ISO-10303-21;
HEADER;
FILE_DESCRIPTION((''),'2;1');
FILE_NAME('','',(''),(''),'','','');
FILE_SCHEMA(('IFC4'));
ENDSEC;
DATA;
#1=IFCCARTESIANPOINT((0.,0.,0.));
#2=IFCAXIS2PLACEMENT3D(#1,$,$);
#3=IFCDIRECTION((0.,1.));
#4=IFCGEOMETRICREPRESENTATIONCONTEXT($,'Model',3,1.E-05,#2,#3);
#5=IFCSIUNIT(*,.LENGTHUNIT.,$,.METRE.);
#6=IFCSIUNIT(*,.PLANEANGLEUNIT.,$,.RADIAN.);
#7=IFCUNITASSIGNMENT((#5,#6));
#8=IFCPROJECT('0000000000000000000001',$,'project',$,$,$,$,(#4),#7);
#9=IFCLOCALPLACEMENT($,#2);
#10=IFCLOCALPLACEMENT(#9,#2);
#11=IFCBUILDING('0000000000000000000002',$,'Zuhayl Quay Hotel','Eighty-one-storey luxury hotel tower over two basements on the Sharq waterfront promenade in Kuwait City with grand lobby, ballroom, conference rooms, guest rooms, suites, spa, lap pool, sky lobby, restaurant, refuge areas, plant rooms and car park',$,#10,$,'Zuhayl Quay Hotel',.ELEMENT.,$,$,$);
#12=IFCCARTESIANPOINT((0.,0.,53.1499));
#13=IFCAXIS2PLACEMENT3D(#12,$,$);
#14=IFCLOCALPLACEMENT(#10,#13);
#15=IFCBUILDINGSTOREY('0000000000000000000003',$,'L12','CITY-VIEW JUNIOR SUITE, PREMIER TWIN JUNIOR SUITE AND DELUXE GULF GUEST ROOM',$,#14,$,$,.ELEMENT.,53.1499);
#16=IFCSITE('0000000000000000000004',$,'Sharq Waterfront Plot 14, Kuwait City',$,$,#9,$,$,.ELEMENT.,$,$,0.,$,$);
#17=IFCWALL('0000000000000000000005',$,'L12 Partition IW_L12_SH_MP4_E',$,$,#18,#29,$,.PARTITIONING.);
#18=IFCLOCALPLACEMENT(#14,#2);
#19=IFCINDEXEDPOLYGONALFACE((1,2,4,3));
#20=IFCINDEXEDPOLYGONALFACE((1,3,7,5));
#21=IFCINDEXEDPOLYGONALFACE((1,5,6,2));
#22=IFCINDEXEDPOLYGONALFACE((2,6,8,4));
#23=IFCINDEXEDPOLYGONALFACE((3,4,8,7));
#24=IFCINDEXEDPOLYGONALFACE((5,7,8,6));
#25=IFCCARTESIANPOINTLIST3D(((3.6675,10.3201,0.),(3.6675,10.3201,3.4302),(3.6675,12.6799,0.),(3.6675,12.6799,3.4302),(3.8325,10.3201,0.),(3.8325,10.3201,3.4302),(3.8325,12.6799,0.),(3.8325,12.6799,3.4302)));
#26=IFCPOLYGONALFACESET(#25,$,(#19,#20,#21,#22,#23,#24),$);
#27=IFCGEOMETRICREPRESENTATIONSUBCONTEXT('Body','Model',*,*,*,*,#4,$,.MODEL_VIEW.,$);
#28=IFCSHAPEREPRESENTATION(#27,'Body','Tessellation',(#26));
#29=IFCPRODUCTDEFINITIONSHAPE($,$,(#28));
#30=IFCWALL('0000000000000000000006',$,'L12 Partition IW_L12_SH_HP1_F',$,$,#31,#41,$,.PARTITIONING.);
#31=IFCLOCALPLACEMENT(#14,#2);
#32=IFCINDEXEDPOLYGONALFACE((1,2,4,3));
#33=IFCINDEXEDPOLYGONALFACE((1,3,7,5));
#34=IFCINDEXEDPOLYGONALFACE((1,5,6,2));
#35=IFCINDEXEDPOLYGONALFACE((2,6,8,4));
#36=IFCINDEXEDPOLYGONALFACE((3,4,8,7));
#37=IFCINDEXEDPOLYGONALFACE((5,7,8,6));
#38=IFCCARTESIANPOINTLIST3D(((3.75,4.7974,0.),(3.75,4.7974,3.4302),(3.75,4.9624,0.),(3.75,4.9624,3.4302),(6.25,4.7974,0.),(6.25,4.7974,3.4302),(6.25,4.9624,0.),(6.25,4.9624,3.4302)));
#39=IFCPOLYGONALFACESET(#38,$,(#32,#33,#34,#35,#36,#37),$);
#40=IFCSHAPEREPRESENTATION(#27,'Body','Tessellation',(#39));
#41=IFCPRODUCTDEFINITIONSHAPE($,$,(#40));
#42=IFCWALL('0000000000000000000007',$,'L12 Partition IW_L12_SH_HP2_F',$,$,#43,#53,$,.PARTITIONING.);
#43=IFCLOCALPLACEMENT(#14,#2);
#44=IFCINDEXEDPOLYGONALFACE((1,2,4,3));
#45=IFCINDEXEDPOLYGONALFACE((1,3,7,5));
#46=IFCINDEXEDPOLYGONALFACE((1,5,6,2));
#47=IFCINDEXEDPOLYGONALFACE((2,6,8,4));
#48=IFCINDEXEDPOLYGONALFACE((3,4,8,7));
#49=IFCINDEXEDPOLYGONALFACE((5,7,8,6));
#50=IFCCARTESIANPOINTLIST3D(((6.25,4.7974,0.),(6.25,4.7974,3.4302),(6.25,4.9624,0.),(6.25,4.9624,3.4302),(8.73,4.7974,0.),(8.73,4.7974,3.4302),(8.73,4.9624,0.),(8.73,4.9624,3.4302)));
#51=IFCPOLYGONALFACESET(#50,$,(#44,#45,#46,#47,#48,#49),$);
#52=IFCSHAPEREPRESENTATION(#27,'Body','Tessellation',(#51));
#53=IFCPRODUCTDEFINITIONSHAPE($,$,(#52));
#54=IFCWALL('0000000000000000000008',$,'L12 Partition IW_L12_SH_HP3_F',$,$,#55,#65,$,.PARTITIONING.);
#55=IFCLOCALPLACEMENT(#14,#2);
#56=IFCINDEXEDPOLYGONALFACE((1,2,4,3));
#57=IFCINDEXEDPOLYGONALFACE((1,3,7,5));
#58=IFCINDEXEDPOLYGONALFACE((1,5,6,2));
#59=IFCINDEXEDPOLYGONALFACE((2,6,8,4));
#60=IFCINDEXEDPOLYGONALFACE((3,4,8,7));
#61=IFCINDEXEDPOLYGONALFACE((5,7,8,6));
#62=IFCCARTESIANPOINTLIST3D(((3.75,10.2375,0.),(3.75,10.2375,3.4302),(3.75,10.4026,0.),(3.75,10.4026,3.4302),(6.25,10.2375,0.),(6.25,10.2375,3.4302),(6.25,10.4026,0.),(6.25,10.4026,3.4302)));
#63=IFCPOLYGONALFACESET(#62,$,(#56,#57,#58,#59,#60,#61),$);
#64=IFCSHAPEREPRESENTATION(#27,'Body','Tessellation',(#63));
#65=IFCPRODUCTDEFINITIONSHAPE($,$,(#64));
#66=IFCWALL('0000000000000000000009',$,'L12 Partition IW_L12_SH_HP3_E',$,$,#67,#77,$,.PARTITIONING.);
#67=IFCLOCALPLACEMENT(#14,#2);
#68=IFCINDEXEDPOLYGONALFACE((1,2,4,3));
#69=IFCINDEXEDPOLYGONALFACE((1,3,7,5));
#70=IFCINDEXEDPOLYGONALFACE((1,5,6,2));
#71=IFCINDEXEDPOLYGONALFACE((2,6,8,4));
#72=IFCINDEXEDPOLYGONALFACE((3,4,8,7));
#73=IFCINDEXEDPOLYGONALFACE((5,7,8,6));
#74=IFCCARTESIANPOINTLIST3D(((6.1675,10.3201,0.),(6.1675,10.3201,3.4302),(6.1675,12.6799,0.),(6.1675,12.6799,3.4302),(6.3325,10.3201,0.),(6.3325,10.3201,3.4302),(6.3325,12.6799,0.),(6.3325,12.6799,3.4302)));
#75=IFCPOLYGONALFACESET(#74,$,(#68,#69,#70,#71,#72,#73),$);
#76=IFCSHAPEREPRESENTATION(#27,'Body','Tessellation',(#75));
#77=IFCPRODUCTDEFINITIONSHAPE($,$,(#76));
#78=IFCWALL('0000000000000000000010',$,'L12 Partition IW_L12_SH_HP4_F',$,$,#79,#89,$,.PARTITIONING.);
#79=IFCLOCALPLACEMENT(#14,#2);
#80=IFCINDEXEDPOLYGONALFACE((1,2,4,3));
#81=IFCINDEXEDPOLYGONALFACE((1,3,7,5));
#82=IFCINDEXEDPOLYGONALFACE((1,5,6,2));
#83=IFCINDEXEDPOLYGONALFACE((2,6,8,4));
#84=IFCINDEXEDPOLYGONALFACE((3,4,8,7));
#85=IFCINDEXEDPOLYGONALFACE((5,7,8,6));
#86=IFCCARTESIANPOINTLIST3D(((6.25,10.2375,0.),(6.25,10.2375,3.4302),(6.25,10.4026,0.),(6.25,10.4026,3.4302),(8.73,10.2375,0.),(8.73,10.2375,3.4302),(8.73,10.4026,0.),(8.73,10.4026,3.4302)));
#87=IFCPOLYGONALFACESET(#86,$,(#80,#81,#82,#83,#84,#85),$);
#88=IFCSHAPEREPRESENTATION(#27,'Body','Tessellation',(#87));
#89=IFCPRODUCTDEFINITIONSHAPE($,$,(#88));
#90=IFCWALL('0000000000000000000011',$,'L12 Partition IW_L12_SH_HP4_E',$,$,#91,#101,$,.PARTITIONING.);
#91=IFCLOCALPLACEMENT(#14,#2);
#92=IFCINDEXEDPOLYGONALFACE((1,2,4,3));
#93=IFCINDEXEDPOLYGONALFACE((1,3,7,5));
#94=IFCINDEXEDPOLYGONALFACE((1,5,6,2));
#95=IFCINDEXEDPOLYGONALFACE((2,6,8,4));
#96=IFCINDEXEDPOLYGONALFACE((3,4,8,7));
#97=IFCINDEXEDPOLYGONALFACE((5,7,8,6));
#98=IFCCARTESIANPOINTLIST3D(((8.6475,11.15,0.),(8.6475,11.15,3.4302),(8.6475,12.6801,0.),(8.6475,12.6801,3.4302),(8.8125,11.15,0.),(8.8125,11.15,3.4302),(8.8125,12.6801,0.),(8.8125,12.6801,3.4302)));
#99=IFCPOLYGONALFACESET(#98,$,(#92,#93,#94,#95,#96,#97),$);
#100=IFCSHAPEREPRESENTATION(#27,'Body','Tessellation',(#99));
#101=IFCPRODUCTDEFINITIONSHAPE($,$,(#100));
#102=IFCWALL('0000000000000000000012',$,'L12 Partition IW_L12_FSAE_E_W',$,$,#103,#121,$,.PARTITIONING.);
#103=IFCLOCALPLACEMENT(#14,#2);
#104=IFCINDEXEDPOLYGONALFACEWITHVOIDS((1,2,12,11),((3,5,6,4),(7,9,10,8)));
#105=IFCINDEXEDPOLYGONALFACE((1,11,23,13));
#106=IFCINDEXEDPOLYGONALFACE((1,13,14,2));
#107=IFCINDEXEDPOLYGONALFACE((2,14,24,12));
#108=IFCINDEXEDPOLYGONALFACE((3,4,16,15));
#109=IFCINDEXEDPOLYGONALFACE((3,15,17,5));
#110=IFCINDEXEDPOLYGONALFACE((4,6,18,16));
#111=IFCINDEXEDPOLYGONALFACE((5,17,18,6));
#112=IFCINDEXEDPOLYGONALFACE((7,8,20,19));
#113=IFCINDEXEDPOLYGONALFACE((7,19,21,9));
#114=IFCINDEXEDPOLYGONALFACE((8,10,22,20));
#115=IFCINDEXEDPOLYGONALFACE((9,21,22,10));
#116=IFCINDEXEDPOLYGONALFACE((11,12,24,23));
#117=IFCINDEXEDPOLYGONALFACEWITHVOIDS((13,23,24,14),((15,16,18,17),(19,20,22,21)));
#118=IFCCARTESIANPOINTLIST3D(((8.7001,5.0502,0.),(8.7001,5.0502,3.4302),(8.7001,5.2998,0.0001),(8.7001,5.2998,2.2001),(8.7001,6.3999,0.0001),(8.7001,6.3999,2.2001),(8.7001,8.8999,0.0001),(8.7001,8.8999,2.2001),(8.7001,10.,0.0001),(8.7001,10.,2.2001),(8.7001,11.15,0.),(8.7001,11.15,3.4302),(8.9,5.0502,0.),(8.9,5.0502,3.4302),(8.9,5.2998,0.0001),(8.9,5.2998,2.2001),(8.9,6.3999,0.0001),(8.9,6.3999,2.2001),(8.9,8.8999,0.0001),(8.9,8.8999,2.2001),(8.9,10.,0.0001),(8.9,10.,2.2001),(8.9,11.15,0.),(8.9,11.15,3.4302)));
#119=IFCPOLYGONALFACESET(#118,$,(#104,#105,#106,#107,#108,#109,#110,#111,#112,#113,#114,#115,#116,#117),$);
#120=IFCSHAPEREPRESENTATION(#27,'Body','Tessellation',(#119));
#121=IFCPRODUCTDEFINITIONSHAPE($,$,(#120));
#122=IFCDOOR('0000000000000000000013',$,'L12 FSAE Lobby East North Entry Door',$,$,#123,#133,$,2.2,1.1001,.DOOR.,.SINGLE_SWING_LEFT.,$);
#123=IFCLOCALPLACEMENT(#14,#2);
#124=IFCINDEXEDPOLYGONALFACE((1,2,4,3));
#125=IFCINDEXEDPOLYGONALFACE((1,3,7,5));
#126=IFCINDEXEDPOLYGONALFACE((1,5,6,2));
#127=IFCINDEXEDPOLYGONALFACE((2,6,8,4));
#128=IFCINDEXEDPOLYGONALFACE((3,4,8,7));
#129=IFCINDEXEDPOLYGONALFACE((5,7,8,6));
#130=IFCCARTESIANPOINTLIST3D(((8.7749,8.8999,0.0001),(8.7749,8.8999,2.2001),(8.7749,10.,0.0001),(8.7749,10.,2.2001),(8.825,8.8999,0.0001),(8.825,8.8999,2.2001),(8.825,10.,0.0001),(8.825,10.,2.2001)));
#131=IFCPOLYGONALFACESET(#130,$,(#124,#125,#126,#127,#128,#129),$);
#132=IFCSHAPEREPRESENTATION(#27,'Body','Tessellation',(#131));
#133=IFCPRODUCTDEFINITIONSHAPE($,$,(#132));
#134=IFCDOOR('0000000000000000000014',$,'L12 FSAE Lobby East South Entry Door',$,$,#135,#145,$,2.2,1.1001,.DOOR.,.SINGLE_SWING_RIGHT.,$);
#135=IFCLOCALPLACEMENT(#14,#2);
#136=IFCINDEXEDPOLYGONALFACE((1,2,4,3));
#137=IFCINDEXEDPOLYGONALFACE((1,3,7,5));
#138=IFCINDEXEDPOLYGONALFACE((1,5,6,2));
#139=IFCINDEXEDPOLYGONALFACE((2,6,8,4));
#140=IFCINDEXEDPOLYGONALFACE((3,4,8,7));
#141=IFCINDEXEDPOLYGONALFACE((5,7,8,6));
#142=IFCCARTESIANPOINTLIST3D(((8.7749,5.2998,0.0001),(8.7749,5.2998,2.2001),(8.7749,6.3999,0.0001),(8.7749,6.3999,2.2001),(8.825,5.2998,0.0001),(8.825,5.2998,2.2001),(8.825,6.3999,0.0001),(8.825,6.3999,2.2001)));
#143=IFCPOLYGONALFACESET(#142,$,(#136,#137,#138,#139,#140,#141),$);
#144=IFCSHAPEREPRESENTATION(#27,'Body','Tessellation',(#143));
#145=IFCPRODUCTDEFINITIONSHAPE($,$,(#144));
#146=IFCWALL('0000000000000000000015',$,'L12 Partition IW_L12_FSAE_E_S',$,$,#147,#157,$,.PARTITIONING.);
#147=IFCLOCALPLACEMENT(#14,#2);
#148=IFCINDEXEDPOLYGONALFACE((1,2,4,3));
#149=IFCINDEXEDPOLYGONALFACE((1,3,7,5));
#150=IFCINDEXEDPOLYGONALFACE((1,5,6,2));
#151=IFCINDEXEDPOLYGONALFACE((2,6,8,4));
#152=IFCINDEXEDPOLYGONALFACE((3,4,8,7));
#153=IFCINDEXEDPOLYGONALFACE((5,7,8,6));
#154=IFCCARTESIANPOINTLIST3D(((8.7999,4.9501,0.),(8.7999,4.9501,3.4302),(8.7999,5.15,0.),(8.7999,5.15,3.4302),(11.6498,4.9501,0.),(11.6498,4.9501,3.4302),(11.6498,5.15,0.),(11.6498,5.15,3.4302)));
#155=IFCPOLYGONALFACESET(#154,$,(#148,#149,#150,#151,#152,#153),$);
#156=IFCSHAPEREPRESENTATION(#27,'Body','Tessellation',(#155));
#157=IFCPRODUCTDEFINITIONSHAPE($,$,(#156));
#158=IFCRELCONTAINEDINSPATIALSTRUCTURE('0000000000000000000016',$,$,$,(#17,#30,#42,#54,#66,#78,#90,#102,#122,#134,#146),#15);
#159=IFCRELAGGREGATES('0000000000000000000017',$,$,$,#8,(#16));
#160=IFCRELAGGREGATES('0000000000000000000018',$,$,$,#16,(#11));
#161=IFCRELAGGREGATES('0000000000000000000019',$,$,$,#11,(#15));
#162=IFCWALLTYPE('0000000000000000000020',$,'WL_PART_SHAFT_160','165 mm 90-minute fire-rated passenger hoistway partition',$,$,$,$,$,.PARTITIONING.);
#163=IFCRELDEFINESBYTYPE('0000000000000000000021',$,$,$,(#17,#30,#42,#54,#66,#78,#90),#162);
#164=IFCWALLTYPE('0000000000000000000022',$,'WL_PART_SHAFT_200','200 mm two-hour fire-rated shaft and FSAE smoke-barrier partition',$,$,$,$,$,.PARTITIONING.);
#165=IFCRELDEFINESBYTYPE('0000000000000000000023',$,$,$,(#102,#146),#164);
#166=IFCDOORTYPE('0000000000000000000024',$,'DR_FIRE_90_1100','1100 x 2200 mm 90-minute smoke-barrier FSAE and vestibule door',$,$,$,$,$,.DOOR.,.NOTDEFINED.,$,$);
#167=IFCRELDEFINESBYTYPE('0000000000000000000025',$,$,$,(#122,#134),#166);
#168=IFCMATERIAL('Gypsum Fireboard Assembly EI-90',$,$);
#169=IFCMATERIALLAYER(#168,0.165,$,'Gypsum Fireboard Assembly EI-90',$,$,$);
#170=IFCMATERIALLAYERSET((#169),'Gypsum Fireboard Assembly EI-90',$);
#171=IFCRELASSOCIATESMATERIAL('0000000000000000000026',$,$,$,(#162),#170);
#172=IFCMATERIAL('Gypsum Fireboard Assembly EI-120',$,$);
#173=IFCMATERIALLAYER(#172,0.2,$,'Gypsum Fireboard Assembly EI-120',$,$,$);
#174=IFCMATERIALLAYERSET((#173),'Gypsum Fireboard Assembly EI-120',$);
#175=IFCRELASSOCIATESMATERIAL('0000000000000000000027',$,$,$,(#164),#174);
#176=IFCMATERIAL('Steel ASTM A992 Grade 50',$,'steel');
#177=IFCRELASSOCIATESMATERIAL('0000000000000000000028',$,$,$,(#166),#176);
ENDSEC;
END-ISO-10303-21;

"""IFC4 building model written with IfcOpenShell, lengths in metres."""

from ifc_helpers import new_model, si_unit, direction, frame, frame_2d, origin, place, context, subcontext, project, spatial, rectangle, extrude, material, layer, layer_set, type_object, element, fill, save


model = new_model("IFC4")

# Units and contexts
model_context = context("Model", 3, precision=1e-05, world=origin(), true_north=direction((0.0, 1.0)))
body_context = subcontext(model_context, "Body", "Model", "MODEL_VIEW")
ifc_project = project(units=[si_unit("LENGTHUNIT", "METRE"), si_unit("PLANEANGLEUNIT", "RADIAN")], contexts=[model_context])

# Site, building, storey
site_placement = place(None, origin())
site = spatial("IfcSite", under=ifc_project, at=site_placement, Name="Sharq Waterfront Plot 14, Kuwait City", CompositionType="ELEMENT", RefElevation=0.0)
building_placement = place(site_placement, origin())
building = spatial("IfcBuilding", under=site, at=building_placement, Name="Zuhayl Quay Hotel", Description="Eighty-one-storey luxury hotel tower over two basements on the Sharq waterfront promenade in Kuwait City with grand lobby, ballroom, conference rooms, guest rooms, suites, spa, lap pool, sky lobby, restaurant, refuge areas, plant rooms and car park", LongName="Zuhayl Quay Hotel", CompositionType="ELEMENT")
storey_placement = place(building_placement, frame((0.0, 0.0, 53.1499)))
storey = spatial("IfcBuildingStorey", under=building, at=storey_placement, Name="L12", Description="CITY-VIEW JUNIOR SUITE, PREMIER TWIN JUNIOR SUITE AND DELUXE GULF GUEST ROOM", CompositionType="ELEMENT", Elevation=53.1499)

# Shared definitions
ifc_material_1 = material(Name="Steel ASTM A992 Grade 50", Category="steel")

# Shared definitions
ifc_material_2 = material(Name="Gypsum Fireboard Assembly EI-90")
ifc_layer_1 = layer(ifc_material_2, 0.165, Name="Gypsum Fireboard Assembly EI-90")
ifc_layer_set_1 = layer_set([ifc_layer_1], Name="Gypsum Fireboard Assembly EI-90")
wall_type_1 = type_object("IfcWallType", Name="WL_PART_SHAFT_160", Description="165 mm 90-minute fire-rated passenger hoistway partition", PredefinedType="PARTITIONING", material=ifc_layer_set_1)

# Walls
for number, where, z_axis, x_axis, name in (
    (1, (3.75, 10.3201, 0.0), (0.0, 0.0, 1.0), (0.0, 1.0, 0.0), "L12 Partition IW_L12_SH_MP4_E"),
):
    element("IfcWall", number, at=place(storey_placement, frame(where, z_axis=z_axis, x_axis=x_axis)), inside=storey, type_object=wall_type_1, Name=name, PredefinedType="PARTITIONING", context=body_context, shape_type="SweptSolid", body=[
        extrude(rectangle(XDim=2.3599, YDim=0.165, at=frame_2d((1.1799, 0.0))), origin(), (0.0, 0.0, 1.0), 3.4302),
    ])
wall_1_placement = place(storey_placement, frame((3.75, 4.8799, 0.0), z_axis=(0.0, 0.0, 1.0), x_axis=(1.0, 0.0, 0.0)))
element("IfcWall", 2, at=wall_1_placement, inside=storey, type_object=wall_type_1, Name="L12 Partition IW_L12_SH_HP1_F", PredefinedType="PARTITIONING", context=body_context, shape_type="SweptSolid", body=[
    extrude(rectangle(XDim=2.5, YDim=0.165, at=frame_2d((1.25, 0.0))), origin(), (0.0, 0.0, 1.0), 3.4302),
])
wall_2_placement = place(storey_placement, frame((6.25, 4.8799, 0.0), z_axis=(0.0, 0.0, 1.0), x_axis=(1.0, 0.0, 0.0)))
element("IfcWall", 3, at=wall_2_placement, inside=storey, type_object=wall_type_1, Name="L12 Partition IW_L12_SH_HP2_F", PredefinedType="PARTITIONING", context=body_context, shape_type="SweptSolid", body=[
    extrude(rectangle(XDim=2.48, YDim=0.165, at=frame_2d((1.24, 0.0))), origin(), (0.0, 0.0, 1.0), 3.4302),
])
wall_3_placement = place(storey_placement, frame((3.75, 10.3201, 0.0), z_axis=(0.0, 0.0, 1.0), x_axis=(1.0, 0.0, 0.0)))
element("IfcWall", 4, at=wall_3_placement, inside=storey, type_object=wall_type_1, Name="L12 Partition IW_L12_SH_HP3_F", PredefinedType="PARTITIONING", context=body_context, shape_type="SweptSolid", body=[
    extrude(rectangle(XDim=2.5, YDim=0.165, at=frame_2d((1.25, 0.0))), origin(), (0.0, 0.0, 1.0), 3.4302),
])
wall_4_placement = place(storey_placement, frame((6.25, 10.3201, 0.0), z_axis=(0.0, 0.0, 1.0), x_axis=(0.0, 1.0, 0.0)))
element("IfcWall", 5, at=wall_4_placement, inside=storey, type_object=wall_type_1, Name="L12 Partition IW_L12_SH_HP3_E", PredefinedType="PARTITIONING", context=body_context, shape_type="SweptSolid", body=[
    extrude(rectangle(XDim=2.3599, YDim=0.165, at=frame_2d((1.1799, 0.0))), origin(), (0.0, 0.0, 1.0), 3.4302),
])
wall_5_placement = place(storey_placement, frame((6.25, 10.3201, 0.0), z_axis=(0.0, 0.0, 1.0), x_axis=(1.0, 0.0, 0.0)))
element("IfcWall", 6, at=wall_5_placement, inside=storey, type_object=wall_type_1, Name="L12 Partition IW_L12_SH_HP4_F", PredefinedType="PARTITIONING", context=body_context, shape_type="SweptSolid", body=[
    extrude(rectangle(XDim=2.48, YDim=0.165, at=frame_2d((1.24, 0.0))), origin(), (0.0, 0.0, 1.0), 3.4302),
])
wall_6_placement = place(storey_placement, frame((8.73, 11.1499, 0.0), z_axis=(0.0, 0.0, 1.0), x_axis=(0.0, 1.0, 0.0)))
element("IfcWall", 7, at=wall_6_placement, inside=storey, type_object=wall_type_1, Name="L12 Partition IW_L12_SH_HP4_E", PredefinedType="PARTITIONING", context=body_context, shape_type="SweptSolid", body=[
    extrude(rectangle(XDim=1.53, YDim=0.165, at=frame_2d((0.7651, 0.0))), origin(), (0.0, 0.0, 1.0), 3.4302),
])

# Wall, openings, doors
ifc_material_3 = material(Name="Gypsum Fireboard Assembly EI-120")
ifc_layer_2 = layer(ifc_material_3, 0.2, Name="Gypsum Fireboard Assembly EI-120")
ifc_layer_set_2 = layer_set([ifc_layer_2], Name="Gypsum Fireboard Assembly EI-120")
wall_type_2 = type_object("IfcWallType", Name="WL_PART_SHAFT_200", Description="200 mm two-hour fire-rated shaft and FSAE smoke-barrier partition", PredefinedType="PARTITIONING", material=ifc_layer_set_2)
wall_7_placement = place(storey_placement, frame((8.8, 11.1499, 0.0), z_axis=(0.0, 0.0, 1.0), x_axis=(0.0, -1.0, 0.0)))
wall_7 = element("IfcWall", 8, at=wall_7_placement, inside=storey, type_object=wall_type_2, Name="L12 Partition IW_L12_FSAE_E_W", PredefinedType="PARTITIONING", context=body_context, shape_type="SweptSolid", body=[
    extrude(rectangle(XDim=6.0999, YDim=0.2, at=frame_2d((3.0498, 0.0))), origin(), (0.0, 0.0, 1.0), 3.4302),
])
opening_1_placement = place(wall_7_placement, frame((1.1499, 0.0, 0.0)))
opening_1 = element("IfcOpeningElement", 9, at=opening_1_placement, cuts=wall_7, PredefinedType="OPENING", context=body_context, shape_type="SweptSolid", body=[
    extrude(rectangle(XDim=1.1001, YDim=2.2, at=frame_2d((0.55, 1.1001))), frame((0.0, 0.1099, 0.0), z_axis=(0.0, -1.0, 0.0), x_axis=(1.0, 0.0, 0.0)), (0.0, 0.0, 1.0), 0.22),
])
opening_2_placement = place(wall_7_placement, frame((4.75, 0.0, 0.0)))
opening_2 = element("IfcOpeningElement", 10, at=opening_2_placement, cuts=wall_7, PredefinedType="OPENING", context=body_context, shape_type="SweptSolid", body=[
    extrude(rectangle(XDim=1.1001, YDim=2.2, at=frame_2d((0.55, 1.1001))), frame((0.0, 0.1099, 0.0), z_axis=(0.0, -1.0, 0.0), x_axis=(1.0, 0.0, 0.0)), (0.0, 0.0, 1.0), 0.22),
])
door_type_1 = type_object("IfcDoorType", Name="DR_FIRE_90_1100", Description="1100 x 2200 mm 90-minute smoke-barrier FSAE and vestibule door", OperationType="NOTDEFINED", PredefinedType="DOOR", material=ifc_material_1)
door_1_placement = place(opening_1_placement, origin())
door_1 = element("IfcDoor", 11, at=door_1_placement, inside=storey, type_object=door_type_1, Name="L12 FSAE Lobby East North Entry Door", OperationType="SINGLE_SWING_LEFT", OverallHeight=2.2, OverallWidth=1.1001, PredefinedType="DOOR", context=body_context, shape_type="SweptSolid", body=[
    extrude(rectangle(XDim=1.1001, YDim=2.2, at=frame_2d((0.55, 1.1001))), frame((0.0, 0.0249, 0.0), z_axis=(0.0, -1.0, 0.0), x_axis=(1.0, 0.0, 0.0)), (0.0, 0.0, 1.0), 0.05),
])
fill(opening_1, door_1)
door_2_placement = place(opening_2_placement, origin())
door_2 = element("IfcDoor", 12, at=door_2_placement, inside=storey, type_object=door_type_1, Name="L12 FSAE Lobby East South Entry Door", OperationType="SINGLE_SWING_RIGHT", OverallHeight=2.2, OverallWidth=1.1001, PredefinedType="DOOR", context=body_context, shape_type="SweptSolid", body=[
    extrude(rectangle(XDim=1.1001, YDim=2.2, at=frame_2d((0.55, 1.1001))), frame((0.0, 0.0249, 0.0), z_axis=(0.0, -1.0, 0.0), x_axis=(1.0, 0.0, 0.0)), (0.0, 0.0, 1.0), 0.05),
])
fill(opening_2, door_2)

# Wall
wall_8_placement = place(storey_placement, frame((8.8, 5.05, 0.0), z_axis=(0.0, 0.0, 1.0), x_axis=(1.0, 0.0, 0.0)))
element("IfcWall", 13, at=wall_8_placement, inside=storey, type_object=wall_type_2, Name="L12 Partition IW_L12_FSAE_E_S", PredefinedType="PARTITIONING", context=body_context, shape_type="SweptSolid", body=[
    extrude(rectangle(XDim=2.8499, YDim=0.2, at=frame_2d((1.4248, 0.0))), origin(), (0.0, 0.0, 1.0), 3.4302),
])

save(model, "model.ifc")
